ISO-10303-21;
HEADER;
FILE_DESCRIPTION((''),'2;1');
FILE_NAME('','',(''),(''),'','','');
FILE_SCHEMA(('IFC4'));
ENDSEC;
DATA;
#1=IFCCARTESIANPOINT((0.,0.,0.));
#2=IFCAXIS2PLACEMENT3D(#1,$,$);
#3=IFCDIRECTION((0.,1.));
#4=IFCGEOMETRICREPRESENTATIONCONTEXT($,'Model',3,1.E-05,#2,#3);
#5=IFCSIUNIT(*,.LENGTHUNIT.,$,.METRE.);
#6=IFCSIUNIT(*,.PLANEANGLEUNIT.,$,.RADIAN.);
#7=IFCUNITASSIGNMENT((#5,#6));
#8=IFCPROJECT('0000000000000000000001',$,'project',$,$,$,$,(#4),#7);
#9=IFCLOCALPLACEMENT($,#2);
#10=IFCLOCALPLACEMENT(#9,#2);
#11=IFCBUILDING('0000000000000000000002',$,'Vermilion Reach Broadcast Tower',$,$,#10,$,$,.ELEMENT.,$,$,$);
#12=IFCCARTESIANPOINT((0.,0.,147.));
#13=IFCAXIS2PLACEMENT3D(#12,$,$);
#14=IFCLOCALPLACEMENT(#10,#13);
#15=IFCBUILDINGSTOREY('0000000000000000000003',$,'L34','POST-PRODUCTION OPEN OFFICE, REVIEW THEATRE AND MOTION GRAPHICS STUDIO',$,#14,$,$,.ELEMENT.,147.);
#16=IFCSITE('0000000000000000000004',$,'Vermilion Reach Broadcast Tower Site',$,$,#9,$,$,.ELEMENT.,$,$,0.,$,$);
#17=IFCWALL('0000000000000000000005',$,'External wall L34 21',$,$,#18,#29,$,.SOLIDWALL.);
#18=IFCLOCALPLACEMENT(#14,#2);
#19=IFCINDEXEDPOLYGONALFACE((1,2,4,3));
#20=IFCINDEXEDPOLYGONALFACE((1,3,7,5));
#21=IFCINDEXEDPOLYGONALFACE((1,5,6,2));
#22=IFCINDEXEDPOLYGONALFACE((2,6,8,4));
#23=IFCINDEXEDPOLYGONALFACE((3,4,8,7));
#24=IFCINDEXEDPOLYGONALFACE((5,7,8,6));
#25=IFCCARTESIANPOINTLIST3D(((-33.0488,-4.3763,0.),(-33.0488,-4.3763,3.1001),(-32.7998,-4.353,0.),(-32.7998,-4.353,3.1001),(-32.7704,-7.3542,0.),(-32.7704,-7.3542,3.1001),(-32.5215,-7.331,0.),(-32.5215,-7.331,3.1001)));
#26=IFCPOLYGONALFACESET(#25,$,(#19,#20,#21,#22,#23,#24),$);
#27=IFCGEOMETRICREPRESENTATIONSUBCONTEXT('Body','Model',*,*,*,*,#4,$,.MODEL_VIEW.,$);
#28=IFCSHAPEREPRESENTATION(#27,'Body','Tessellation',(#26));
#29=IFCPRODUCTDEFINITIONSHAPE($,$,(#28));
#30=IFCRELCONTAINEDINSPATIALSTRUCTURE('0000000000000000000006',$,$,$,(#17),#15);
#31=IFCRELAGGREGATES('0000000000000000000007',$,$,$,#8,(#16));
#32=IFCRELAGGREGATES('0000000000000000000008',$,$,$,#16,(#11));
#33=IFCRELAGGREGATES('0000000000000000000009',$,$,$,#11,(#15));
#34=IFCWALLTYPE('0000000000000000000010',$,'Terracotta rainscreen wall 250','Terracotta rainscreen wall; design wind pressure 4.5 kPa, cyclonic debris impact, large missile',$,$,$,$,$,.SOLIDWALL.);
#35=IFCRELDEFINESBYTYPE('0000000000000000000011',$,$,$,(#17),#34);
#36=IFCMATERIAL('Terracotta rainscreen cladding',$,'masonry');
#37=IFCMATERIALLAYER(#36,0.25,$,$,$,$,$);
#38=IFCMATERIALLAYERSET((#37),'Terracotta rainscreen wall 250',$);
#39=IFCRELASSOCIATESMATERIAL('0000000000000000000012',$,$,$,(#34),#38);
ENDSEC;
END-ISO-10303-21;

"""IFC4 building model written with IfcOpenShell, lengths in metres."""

from ifc_helpers import new_model, si_unit, direction, frame, frame_2d, origin, place, context, subcontext, project, spatial, rectangle, extrude, material, layer, layer_set, type_object, element, save


model = new_model("IFC4")

# Units and contexts
model_context = context("Model", 3, precision=1e-05, world=origin(), true_north=direction((0.0, 1.0)))
body_context = subcontext(model_context, "Body", "Model", "MODEL_VIEW")
ifc_project = project(units=[si_unit("LENGTHUNIT", "METRE"), si_unit("PLANEANGLEUNIT", "RADIAN")], contexts=[model_context])

# Site, building, storey
site_placement = place(None, origin())
site = spatial("IfcSite", under=ifc_project, at=site_placement, Name="Vermilion Reach Broadcast Tower Site", CompositionType="ELEMENT", RefElevation=0.0)
building_placement = place(site_placement, origin())
building = spatial("IfcBuilding", under=site, at=building_placement, Name="Vermilion Reach Broadcast Tower", CompositionType="ELEMENT")
storey_placement = place(building_placement, frame((0.0, 0.0, 147.0)))
storey = spatial("IfcBuildingStorey", under=building, at=storey_placement, Name="L34", Description="POST-PRODUCTION OPEN OFFICE, REVIEW THEATRE AND MOTION GRAPHICS STUDIO", CompositionType="ELEMENT", Elevation=147.0)

# Shared definitions
ifc_material_1 = material(Name="Terracotta rainscreen cladding", Category="masonry")
ifc_layer_1 = layer(ifc_material_1, 0.25)
ifc_layer_set_1 = layer_set([ifc_layer_1], Name="Terracotta rainscreen wall 250")
wall_type_1 = type_object("IfcWallType", Name="Terracotta rainscreen wall 250", Description="Terracotta rainscreen wall; design wind pressure 4.5 kPa, cyclonic debris impact, large missile", PredefinedType="SOLIDWALL", material=ifc_layer_set_1)

# Wall
wall_1_placement = place(storey_placement, frame((-32.9243, -4.3645, 0.0), z_axis=(0.0, 0.0, 1.0), x_axis=(0.093052, -0.995661, 0.0)))
element("IfcWall", 1, at=wall_1_placement, inside=storey, type_object=wall_type_1, Name="External wall L34 21", PredefinedType="SOLIDWALL", context=body_context, shape_type="SweptSolid", body=[
    extrude(rectangle(XDim=2.991, YDim=0.25, at=frame_2d((1.4956, 0.0))), origin(), (0.0, 0.0, 1.0), 3.1001),
])

save(model, "model.ifc")
